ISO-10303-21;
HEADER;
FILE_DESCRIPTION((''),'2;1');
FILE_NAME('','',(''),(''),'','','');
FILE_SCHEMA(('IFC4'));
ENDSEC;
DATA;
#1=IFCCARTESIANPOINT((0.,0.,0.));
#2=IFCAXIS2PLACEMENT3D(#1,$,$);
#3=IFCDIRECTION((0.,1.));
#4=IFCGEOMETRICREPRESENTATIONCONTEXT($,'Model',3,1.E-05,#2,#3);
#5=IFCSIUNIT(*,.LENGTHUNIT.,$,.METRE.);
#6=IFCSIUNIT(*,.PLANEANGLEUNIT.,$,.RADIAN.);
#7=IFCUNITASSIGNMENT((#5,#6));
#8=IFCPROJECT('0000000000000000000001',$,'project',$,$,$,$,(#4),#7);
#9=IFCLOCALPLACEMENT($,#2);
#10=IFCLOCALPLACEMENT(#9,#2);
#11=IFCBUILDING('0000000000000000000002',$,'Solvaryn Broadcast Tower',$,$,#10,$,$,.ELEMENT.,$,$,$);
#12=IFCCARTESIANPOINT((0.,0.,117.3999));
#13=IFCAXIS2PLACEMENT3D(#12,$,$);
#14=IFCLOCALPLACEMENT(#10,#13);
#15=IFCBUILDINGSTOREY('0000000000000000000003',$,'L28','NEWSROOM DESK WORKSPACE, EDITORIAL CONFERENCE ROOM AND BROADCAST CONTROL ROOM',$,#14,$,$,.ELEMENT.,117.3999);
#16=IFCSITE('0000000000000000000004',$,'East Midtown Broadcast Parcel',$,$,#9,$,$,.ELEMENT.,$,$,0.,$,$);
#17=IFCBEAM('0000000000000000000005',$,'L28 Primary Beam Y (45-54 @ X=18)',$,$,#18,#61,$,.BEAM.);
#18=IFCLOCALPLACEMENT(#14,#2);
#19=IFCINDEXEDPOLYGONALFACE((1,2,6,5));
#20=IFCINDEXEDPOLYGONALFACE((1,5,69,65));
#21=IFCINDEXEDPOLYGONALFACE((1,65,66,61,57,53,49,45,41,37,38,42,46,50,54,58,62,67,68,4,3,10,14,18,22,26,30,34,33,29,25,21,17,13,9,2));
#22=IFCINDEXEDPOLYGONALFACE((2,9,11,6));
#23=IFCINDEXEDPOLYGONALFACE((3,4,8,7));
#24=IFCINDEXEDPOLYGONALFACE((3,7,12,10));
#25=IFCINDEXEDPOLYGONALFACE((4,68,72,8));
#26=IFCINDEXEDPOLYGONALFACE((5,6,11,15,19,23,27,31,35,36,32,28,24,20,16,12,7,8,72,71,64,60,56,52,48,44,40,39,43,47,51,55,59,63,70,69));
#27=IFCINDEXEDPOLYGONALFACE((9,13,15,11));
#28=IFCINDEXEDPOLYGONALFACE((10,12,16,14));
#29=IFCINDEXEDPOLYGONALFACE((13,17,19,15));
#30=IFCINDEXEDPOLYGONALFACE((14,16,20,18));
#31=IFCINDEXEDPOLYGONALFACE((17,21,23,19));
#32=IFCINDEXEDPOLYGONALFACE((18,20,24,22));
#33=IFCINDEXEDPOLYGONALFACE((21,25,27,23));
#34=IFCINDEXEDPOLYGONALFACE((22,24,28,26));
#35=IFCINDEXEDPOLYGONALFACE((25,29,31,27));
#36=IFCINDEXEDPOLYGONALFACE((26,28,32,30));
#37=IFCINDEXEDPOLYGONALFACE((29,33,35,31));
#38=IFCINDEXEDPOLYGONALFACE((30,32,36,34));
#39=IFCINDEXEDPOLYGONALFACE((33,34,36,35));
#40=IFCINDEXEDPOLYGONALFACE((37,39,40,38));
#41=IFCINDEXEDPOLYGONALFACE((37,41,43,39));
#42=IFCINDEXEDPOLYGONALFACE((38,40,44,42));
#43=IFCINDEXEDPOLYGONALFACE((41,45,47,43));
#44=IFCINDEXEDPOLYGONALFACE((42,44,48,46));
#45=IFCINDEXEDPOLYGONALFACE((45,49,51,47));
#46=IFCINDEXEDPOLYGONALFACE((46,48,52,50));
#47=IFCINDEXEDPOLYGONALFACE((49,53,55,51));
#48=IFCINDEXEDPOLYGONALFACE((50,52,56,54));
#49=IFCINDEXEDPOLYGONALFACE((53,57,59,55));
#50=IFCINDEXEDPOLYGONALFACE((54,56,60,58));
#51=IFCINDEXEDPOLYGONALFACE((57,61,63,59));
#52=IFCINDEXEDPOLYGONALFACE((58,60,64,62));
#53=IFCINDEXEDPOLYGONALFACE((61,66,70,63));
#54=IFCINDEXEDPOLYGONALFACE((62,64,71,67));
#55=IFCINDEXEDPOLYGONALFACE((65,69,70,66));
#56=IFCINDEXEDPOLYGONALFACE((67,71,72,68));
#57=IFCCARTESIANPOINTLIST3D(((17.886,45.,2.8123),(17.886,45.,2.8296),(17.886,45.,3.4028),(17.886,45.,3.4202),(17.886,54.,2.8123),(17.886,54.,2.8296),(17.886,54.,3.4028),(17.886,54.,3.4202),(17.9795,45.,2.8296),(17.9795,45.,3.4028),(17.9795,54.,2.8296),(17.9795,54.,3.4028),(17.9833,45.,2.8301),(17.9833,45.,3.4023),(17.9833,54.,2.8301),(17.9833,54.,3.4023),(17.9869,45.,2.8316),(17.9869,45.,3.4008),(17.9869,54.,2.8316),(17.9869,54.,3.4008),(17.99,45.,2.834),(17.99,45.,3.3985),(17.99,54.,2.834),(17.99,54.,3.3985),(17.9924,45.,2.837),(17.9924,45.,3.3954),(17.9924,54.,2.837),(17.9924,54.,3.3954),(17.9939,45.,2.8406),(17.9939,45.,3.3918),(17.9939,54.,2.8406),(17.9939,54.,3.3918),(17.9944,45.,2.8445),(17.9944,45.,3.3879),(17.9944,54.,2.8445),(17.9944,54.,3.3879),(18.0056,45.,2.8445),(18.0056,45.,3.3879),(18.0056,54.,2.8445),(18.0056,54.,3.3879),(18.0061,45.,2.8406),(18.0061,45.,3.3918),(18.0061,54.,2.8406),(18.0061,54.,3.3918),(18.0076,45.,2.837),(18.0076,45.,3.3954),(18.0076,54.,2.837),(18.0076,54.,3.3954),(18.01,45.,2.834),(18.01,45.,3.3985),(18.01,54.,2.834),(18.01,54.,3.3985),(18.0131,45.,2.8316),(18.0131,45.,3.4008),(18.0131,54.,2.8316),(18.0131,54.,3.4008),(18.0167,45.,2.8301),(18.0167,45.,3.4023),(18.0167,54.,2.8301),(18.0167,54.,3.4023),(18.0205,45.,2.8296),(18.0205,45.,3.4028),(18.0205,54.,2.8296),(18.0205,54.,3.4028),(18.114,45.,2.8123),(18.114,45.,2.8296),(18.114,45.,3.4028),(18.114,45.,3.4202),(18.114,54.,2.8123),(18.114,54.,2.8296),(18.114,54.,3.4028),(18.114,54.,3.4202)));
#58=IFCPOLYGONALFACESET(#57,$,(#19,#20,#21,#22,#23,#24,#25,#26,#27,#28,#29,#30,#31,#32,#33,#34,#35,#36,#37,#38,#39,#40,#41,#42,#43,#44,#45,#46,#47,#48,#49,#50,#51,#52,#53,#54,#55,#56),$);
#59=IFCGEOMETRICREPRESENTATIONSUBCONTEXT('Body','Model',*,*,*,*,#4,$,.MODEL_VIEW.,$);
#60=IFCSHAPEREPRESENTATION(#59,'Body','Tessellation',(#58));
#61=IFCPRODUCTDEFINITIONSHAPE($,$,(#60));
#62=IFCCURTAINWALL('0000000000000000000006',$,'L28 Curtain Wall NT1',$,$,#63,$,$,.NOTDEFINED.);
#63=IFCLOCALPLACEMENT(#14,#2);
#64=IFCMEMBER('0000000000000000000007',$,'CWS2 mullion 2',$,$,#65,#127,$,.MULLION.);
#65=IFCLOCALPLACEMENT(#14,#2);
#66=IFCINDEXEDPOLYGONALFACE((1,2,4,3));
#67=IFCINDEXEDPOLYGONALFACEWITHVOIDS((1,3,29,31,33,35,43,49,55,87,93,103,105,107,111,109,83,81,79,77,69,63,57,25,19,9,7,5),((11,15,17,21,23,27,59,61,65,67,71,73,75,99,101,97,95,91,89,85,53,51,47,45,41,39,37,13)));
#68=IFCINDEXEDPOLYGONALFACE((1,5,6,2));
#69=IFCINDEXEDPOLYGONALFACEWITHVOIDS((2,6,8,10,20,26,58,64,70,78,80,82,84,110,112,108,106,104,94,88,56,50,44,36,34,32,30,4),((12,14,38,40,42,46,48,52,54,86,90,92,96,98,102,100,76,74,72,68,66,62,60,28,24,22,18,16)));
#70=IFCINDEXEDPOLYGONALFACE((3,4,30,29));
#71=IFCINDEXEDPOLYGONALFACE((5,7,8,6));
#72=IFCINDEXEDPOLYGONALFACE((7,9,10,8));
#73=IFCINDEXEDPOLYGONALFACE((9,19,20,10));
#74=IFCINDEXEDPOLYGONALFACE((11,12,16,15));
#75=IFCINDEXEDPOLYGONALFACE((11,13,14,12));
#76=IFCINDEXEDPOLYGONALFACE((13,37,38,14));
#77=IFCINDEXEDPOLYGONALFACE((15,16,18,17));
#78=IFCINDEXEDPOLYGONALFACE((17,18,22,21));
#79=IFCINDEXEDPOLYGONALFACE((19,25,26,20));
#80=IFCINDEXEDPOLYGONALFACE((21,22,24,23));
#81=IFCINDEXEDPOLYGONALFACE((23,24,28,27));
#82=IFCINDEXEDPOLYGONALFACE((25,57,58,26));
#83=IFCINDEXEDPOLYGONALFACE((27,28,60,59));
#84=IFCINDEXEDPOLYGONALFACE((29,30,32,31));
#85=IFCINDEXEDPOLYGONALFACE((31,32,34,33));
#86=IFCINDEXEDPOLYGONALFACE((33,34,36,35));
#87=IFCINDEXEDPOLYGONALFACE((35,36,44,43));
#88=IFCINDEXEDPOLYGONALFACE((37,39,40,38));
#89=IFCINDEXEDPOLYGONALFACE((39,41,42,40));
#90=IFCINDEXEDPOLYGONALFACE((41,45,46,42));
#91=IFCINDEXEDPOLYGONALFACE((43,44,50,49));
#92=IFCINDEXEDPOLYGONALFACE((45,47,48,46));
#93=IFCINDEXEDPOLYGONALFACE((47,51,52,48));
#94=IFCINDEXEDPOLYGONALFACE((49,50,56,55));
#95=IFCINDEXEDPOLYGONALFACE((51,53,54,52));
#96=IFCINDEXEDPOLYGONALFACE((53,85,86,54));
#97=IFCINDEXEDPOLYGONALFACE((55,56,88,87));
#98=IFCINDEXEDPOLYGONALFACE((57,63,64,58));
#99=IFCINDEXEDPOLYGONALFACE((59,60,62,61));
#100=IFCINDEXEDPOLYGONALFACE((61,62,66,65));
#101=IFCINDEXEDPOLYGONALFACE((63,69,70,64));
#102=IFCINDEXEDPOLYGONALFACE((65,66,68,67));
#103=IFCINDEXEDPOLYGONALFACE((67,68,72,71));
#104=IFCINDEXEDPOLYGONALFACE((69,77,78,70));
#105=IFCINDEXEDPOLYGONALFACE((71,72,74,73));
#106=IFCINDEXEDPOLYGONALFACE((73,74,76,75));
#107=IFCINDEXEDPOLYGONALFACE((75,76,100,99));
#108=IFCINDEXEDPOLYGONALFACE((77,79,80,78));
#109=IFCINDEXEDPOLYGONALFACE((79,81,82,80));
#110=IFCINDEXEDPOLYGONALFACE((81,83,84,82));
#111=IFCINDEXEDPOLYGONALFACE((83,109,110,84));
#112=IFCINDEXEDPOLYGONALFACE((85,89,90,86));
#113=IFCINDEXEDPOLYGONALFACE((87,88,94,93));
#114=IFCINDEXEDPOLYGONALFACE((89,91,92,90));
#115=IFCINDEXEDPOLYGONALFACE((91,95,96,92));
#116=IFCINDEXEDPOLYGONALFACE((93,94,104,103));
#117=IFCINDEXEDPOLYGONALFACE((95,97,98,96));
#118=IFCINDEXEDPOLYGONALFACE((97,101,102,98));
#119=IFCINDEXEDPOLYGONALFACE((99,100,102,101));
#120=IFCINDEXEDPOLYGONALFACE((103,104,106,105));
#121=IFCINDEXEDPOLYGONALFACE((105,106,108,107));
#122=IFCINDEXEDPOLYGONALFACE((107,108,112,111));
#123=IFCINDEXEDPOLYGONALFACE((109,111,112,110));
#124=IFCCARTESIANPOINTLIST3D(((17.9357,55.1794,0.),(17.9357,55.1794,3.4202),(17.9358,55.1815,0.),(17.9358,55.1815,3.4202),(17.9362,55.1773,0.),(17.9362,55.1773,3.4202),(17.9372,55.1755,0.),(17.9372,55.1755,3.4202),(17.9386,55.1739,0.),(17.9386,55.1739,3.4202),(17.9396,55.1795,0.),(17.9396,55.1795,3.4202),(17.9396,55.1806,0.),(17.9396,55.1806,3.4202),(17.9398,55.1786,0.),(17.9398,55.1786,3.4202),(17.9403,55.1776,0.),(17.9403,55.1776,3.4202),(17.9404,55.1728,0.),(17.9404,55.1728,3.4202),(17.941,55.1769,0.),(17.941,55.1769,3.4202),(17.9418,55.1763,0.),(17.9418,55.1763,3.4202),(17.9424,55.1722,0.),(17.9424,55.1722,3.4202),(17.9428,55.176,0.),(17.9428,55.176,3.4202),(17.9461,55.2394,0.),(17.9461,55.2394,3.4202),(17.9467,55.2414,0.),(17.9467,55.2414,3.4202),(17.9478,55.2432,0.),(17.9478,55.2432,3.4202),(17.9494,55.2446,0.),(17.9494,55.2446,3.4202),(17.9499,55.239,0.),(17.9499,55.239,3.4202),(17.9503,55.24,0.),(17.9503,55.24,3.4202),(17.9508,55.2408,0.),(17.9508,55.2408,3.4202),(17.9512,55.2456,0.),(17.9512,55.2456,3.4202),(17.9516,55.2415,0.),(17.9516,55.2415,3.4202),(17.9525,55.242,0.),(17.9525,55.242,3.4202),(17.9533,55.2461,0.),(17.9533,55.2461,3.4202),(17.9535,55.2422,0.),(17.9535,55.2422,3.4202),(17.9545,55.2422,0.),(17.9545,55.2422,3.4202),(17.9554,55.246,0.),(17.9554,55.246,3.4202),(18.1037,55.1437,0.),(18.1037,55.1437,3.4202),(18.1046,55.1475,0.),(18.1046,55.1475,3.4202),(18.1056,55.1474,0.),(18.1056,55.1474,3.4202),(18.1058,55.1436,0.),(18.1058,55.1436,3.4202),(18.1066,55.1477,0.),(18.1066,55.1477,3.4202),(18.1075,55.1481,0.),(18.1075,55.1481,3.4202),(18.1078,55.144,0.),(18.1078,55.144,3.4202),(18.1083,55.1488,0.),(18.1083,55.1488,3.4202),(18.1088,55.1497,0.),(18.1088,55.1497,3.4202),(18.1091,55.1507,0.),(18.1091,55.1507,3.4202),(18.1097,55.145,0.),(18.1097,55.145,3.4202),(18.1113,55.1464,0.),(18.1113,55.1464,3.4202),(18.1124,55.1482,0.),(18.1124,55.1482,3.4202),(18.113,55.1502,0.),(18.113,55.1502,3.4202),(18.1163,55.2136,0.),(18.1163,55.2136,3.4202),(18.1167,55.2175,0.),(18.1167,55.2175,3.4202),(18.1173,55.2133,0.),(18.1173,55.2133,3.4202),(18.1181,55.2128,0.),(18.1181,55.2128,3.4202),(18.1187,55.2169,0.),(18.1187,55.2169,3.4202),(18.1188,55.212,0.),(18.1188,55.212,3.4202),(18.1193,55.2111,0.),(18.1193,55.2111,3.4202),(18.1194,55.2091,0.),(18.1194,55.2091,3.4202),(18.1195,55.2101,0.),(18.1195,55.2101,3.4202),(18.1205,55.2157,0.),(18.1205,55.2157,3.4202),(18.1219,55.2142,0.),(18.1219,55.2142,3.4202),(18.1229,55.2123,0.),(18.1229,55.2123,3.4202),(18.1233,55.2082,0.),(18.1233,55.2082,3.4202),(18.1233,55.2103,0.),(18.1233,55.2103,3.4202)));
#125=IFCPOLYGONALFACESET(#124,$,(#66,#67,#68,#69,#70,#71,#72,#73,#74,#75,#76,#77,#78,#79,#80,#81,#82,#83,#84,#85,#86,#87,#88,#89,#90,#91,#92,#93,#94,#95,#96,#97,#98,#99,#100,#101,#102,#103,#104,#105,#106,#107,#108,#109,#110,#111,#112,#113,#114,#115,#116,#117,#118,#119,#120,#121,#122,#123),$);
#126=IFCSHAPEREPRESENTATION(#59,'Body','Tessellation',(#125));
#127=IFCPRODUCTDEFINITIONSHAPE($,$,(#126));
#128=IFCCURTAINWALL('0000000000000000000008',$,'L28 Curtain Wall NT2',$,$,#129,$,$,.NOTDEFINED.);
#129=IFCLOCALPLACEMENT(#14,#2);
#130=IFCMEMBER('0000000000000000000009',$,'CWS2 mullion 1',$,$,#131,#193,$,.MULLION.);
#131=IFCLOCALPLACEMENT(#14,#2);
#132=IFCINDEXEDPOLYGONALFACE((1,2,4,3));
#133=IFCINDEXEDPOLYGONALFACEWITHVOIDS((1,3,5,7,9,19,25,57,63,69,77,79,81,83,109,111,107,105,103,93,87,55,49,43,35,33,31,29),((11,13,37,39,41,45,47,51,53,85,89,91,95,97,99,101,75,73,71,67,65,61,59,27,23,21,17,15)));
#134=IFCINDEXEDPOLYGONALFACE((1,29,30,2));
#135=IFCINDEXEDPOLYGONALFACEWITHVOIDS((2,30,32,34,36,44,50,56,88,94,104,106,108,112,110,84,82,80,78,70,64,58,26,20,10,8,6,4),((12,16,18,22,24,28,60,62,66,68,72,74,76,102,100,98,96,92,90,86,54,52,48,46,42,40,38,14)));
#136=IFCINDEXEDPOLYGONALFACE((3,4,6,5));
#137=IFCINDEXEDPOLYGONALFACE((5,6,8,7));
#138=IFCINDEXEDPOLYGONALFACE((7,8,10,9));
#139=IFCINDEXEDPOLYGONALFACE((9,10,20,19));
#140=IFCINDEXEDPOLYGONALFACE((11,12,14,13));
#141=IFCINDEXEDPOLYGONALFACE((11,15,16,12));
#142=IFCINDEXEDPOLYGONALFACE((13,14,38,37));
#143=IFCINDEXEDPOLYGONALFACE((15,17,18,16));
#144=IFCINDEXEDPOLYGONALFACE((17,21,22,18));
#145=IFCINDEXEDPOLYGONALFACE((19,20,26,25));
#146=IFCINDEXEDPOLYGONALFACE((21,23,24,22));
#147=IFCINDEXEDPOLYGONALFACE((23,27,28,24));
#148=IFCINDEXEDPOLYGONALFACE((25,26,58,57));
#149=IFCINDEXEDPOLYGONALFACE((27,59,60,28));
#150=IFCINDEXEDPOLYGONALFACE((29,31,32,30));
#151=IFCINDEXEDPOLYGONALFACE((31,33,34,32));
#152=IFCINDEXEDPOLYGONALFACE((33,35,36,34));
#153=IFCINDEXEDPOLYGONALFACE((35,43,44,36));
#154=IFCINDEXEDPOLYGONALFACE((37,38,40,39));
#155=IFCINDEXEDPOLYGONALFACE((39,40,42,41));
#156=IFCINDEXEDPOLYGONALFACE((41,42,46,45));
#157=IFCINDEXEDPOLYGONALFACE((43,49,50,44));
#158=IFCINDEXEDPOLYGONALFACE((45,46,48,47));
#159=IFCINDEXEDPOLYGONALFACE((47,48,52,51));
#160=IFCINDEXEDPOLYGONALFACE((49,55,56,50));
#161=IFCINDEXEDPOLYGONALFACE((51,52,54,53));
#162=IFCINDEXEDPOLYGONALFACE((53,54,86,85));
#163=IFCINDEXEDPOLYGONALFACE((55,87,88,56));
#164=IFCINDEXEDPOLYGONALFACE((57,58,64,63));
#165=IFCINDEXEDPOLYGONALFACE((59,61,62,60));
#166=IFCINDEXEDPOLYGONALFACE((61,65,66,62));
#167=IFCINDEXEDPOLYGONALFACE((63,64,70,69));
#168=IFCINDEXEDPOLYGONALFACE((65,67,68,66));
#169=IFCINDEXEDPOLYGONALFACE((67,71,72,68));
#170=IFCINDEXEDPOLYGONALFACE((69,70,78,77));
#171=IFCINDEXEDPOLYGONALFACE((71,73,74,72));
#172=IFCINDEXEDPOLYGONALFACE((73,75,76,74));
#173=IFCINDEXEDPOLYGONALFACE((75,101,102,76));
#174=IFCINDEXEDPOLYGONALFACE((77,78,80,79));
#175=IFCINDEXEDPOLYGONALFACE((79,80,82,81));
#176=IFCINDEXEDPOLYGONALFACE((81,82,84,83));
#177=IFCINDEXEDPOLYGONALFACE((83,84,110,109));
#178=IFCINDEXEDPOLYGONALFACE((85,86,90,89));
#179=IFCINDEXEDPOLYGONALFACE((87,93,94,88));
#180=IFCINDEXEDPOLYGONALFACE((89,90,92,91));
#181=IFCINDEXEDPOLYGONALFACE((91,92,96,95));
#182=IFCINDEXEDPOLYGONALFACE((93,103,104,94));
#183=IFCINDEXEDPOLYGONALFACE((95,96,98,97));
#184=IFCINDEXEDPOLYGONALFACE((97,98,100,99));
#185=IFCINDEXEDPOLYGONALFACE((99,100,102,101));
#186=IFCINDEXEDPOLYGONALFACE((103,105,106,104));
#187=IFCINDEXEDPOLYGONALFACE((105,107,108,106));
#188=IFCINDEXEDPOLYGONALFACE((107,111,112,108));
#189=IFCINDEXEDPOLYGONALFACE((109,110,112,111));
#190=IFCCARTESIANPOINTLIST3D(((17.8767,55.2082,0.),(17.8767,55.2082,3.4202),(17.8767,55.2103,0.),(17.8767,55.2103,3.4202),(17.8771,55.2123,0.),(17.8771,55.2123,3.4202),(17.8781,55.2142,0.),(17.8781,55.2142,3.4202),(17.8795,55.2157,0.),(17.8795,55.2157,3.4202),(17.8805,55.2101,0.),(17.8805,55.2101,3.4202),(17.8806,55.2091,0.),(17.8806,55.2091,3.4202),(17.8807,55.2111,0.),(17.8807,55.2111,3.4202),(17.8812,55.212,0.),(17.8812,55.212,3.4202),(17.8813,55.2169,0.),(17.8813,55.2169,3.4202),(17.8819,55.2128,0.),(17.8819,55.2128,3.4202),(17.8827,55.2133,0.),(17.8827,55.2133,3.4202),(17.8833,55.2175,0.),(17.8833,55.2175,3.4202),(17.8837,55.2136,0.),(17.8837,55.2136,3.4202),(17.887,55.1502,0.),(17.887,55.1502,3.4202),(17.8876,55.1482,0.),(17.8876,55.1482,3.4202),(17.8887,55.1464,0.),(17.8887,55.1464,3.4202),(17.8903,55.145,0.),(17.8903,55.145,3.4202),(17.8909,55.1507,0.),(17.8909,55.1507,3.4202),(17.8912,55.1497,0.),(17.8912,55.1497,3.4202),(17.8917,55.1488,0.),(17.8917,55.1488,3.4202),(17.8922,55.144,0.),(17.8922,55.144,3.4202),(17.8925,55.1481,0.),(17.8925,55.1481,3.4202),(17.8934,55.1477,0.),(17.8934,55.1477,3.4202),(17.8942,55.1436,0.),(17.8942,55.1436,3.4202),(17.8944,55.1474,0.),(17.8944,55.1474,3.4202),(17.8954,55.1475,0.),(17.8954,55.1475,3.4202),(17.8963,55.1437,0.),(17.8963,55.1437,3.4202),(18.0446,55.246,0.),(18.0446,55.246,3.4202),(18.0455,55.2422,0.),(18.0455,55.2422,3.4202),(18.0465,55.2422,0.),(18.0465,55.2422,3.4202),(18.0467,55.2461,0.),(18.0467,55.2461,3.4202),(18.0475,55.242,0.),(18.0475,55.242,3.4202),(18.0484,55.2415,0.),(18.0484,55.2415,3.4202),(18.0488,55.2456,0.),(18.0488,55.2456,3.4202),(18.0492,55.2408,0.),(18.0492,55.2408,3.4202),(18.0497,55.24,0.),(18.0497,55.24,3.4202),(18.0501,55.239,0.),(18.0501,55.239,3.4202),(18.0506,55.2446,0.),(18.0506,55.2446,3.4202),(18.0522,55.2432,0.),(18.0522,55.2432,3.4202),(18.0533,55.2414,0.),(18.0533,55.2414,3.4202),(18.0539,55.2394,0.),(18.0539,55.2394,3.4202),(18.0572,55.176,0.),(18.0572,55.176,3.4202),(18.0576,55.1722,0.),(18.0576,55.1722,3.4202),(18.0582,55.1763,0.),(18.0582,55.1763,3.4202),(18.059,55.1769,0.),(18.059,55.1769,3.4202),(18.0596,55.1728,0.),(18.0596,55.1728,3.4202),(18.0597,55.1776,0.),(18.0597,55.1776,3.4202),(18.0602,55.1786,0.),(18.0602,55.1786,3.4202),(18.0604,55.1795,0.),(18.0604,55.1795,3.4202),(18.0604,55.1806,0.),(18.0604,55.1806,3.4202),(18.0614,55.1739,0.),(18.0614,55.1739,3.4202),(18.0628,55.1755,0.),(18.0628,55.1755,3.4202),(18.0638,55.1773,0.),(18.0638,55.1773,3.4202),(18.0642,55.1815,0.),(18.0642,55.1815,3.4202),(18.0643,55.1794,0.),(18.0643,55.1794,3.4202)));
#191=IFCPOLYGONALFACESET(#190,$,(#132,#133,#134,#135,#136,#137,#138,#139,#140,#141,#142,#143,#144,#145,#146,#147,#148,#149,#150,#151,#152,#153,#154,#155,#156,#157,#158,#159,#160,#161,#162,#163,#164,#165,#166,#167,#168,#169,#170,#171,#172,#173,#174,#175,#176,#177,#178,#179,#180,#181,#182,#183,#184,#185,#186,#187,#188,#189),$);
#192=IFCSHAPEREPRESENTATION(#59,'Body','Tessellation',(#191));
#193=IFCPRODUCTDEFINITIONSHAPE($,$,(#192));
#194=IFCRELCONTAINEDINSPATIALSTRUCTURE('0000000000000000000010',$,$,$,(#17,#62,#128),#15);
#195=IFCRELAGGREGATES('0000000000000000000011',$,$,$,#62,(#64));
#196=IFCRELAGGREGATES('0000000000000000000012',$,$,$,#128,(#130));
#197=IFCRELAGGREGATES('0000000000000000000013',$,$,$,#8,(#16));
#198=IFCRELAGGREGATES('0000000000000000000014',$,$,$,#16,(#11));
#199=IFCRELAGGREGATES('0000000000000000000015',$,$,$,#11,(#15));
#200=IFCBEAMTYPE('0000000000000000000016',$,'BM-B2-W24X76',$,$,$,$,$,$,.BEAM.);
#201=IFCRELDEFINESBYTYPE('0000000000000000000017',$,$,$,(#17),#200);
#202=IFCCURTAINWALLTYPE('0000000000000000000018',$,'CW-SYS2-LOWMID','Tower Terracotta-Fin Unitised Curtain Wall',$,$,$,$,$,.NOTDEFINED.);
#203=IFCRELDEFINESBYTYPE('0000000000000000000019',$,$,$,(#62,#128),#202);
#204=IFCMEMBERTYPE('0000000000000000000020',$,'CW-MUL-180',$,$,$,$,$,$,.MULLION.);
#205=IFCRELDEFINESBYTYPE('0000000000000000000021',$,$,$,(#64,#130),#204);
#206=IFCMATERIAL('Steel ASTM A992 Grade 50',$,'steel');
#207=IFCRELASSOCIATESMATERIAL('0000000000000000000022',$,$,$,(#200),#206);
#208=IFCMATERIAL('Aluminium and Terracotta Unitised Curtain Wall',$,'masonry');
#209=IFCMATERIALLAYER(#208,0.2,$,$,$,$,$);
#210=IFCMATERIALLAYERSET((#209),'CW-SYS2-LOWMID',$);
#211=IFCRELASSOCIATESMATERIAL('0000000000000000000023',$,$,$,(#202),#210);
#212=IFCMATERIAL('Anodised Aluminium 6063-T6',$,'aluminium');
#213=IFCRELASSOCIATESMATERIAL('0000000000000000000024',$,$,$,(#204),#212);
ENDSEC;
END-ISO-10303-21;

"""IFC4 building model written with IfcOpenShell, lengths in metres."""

from ifc_helpers import new_model, si_unit, direction, frame, origin, origin_2d, place, context, subcontext, project, spatial, hollow_rectangle, i_section, extrude, material, layer, layer_set, material_profile, profile_set, type_object, element, aggregate, save


model = new_model("IFC4")

# Units and contexts
model_context = context("Model", 3, precision=1e-05, world=origin(), true_north=direction((0.0, 1.0)))
body_context = subcontext(model_context, "Body", "Model", "MODEL_VIEW")
ifc_project = project(units=[si_unit("LENGTHUNIT", "METRE"), si_unit("PLANEANGLEUNIT", "RADIAN")], contexts=[model_context])

# Site, building, storey
site_placement = place(None, origin())
site = spatial("IfcSite", under=ifc_project, at=site_placement, Name="East Midtown Broadcast Parcel", CompositionType="ELEMENT", RefElevation=0.0)
building_placement = place(site_placement, origin())
building = spatial("IfcBuilding", under=site, at=building_placement, Name="Solvaryn Broadcast Tower", CompositionType="ELEMENT")
storey_placement = place(building_placement, frame((0.0, 0.0, 117.3999)))
storey = spatial("IfcBuildingStorey", under=building, at=storey_placement, Name="L28", Description="NEWSROOM DESK WORKSPACE, EDITORIAL CONFERENCE ROOM AND BROADCAST CONTROL ROOM", CompositionType="ELEMENT", Elevation=117.3999)

# Beam
ifc_material_1 = material(Name="Steel ASTM A992 Grade 50", Category="steel")
ifc_material_profile_1 = material_profile(ifc_material_1, i_section(OverallWidth=0.228, OverallDepth=0.6079, WebThickness=0.0112, FlangeThickness=0.0173, FilletRadius=0.0149, at=origin_2d()))
ifc_profile_set_1 = profile_set([ifc_material_profile_1], Name="Steel ASTM A992 Grade 50")
beam_type_1 = type_object("IfcBeamType", Name="BM-B2-W24X76", PredefinedType="BEAM", material=ifc_profile_set_1)
beam_1_placement = place(storey_placement, frame((18.0, 45.0, 3.1162), z_axis=(0.0, 1.0, 0.0), x_axis=(-1.0, 0.0, 0.0)))
element("IfcBeam", 1, at=beam_1_placement, inside=storey, type_object=beam_type_1, Name="L28 Primary Beam Y (45-54 @ X=18)", PredefinedType="BEAM", context=body_context, shape_type="SweptSolid", body=[
    extrude(i_section(OverallWidth=0.228, OverallDepth=0.6079, WebThickness=0.0112, FlangeThickness=0.0173, FilletRadius=0.0149, at=origin_2d()), origin(), (0.0, 0.0, 1.0), 9.0),
])

# Curtain wall, member
ifc_material_2 = material(Name="Aluminium and Terracotta Unitised Curtain Wall", Category="masonry")
ifc_layer_1 = layer(ifc_material_2, 0.2)
ifc_layer_set_1 = layer_set([ifc_layer_1], Name="CW-SYS2-LOWMID")
curtain_wall_type = type_object("IfcCurtainWallType", Name="CW-SYS2-LOWMID", Description="Tower Terracotta-Fin Unitised Curtain Wall", PredefinedType="NOTDEFINED", material=ifc_layer_set_1)
curtain_wall_1_placement = place(storey_placement, origin())
curtain_wall_1 = element("IfcCurtainWall", 2, at=curtain_wall_1_placement, inside=storey, type_object=curtain_wall_type, Name="L28 Curtain Wall NT1", PredefinedType="NOTDEFINED")
ifc_material_3 = material(Name="Anodised Aluminium 6063-T6", Category="aluminium")
ifc_material_profile_2 = material_profile(ifc_material_3, hollow_rectangle(XDim=0.075, YDim=0.1799, WallThickness=0.0039, InnerFilletRadius=0.0039, OuterFilletRadius=0.0081, at=origin_2d()))
ifc_profile_set_2 = profile_set([ifc_material_profile_2], Name="Anodised Aluminium 6063-T6")
member_type_1 = type_object("IfcMemberType", Name="CW-MUL-180", PredefinedType="MULLION", material=ifc_profile_set_2)
member_1_placement = place(storey_placement, frame((18.0295, 55.1948, 0.0), z_axis=(0.0, 0.0, 1.0), x_axis=(-0.173785, -0.984784, 0.0)))
member_1 = element("IfcMember", 3, at=member_1_placement, type_object=member_type_1, Name="CWS2 mullion 2", PredefinedType="MULLION", context=body_context, shape_type="SweptSolid", body=[
    extrude(hollow_rectangle(XDim=0.075, YDim=0.1799, WallThickness=0.0039, InnerFilletRadius=0.0039, OuterFilletRadius=0.0081, at=origin_2d()), origin(), (0.0, 0.0, 1.0), 3.4202),
])

# Curtain wall, member
curtain_wall_2_placement = place(storey_placement, origin())
curtain_wall_2 = element("IfcCurtainWall", 4, at=curtain_wall_2_placement, inside=storey, type_object=curtain_wall_type, Name="L28 Curtain Wall NT2", PredefinedType="NOTDEFINED")
member_2_placement = place(storey_placement, frame((17.9705, 55.1948, 0.0), z_axis=(0.0, 0.0, 1.0), x_axis=(0.173785, -0.984784, 0.0)))
member_2 = element("IfcMember", 5, at=member_2_placement, type_object=member_type_1, Name="CWS2 mullion 1", PredefinedType="MULLION", context=body_context, shape_type="SweptSolid", body=[
    extrude(hollow_rectangle(XDim=0.075, YDim=0.1799, WallThickness=0.0039, InnerFilletRadius=0.0039, OuterFilletRadius=0.0081, at=origin_2d()), origin(), (0.0, 0.0, 1.0), 3.4202),
])

aggregate(curtain_wall_1, [member_1])
aggregate(curtain_wall_2, [member_2])

save(model, "model.ifc")
